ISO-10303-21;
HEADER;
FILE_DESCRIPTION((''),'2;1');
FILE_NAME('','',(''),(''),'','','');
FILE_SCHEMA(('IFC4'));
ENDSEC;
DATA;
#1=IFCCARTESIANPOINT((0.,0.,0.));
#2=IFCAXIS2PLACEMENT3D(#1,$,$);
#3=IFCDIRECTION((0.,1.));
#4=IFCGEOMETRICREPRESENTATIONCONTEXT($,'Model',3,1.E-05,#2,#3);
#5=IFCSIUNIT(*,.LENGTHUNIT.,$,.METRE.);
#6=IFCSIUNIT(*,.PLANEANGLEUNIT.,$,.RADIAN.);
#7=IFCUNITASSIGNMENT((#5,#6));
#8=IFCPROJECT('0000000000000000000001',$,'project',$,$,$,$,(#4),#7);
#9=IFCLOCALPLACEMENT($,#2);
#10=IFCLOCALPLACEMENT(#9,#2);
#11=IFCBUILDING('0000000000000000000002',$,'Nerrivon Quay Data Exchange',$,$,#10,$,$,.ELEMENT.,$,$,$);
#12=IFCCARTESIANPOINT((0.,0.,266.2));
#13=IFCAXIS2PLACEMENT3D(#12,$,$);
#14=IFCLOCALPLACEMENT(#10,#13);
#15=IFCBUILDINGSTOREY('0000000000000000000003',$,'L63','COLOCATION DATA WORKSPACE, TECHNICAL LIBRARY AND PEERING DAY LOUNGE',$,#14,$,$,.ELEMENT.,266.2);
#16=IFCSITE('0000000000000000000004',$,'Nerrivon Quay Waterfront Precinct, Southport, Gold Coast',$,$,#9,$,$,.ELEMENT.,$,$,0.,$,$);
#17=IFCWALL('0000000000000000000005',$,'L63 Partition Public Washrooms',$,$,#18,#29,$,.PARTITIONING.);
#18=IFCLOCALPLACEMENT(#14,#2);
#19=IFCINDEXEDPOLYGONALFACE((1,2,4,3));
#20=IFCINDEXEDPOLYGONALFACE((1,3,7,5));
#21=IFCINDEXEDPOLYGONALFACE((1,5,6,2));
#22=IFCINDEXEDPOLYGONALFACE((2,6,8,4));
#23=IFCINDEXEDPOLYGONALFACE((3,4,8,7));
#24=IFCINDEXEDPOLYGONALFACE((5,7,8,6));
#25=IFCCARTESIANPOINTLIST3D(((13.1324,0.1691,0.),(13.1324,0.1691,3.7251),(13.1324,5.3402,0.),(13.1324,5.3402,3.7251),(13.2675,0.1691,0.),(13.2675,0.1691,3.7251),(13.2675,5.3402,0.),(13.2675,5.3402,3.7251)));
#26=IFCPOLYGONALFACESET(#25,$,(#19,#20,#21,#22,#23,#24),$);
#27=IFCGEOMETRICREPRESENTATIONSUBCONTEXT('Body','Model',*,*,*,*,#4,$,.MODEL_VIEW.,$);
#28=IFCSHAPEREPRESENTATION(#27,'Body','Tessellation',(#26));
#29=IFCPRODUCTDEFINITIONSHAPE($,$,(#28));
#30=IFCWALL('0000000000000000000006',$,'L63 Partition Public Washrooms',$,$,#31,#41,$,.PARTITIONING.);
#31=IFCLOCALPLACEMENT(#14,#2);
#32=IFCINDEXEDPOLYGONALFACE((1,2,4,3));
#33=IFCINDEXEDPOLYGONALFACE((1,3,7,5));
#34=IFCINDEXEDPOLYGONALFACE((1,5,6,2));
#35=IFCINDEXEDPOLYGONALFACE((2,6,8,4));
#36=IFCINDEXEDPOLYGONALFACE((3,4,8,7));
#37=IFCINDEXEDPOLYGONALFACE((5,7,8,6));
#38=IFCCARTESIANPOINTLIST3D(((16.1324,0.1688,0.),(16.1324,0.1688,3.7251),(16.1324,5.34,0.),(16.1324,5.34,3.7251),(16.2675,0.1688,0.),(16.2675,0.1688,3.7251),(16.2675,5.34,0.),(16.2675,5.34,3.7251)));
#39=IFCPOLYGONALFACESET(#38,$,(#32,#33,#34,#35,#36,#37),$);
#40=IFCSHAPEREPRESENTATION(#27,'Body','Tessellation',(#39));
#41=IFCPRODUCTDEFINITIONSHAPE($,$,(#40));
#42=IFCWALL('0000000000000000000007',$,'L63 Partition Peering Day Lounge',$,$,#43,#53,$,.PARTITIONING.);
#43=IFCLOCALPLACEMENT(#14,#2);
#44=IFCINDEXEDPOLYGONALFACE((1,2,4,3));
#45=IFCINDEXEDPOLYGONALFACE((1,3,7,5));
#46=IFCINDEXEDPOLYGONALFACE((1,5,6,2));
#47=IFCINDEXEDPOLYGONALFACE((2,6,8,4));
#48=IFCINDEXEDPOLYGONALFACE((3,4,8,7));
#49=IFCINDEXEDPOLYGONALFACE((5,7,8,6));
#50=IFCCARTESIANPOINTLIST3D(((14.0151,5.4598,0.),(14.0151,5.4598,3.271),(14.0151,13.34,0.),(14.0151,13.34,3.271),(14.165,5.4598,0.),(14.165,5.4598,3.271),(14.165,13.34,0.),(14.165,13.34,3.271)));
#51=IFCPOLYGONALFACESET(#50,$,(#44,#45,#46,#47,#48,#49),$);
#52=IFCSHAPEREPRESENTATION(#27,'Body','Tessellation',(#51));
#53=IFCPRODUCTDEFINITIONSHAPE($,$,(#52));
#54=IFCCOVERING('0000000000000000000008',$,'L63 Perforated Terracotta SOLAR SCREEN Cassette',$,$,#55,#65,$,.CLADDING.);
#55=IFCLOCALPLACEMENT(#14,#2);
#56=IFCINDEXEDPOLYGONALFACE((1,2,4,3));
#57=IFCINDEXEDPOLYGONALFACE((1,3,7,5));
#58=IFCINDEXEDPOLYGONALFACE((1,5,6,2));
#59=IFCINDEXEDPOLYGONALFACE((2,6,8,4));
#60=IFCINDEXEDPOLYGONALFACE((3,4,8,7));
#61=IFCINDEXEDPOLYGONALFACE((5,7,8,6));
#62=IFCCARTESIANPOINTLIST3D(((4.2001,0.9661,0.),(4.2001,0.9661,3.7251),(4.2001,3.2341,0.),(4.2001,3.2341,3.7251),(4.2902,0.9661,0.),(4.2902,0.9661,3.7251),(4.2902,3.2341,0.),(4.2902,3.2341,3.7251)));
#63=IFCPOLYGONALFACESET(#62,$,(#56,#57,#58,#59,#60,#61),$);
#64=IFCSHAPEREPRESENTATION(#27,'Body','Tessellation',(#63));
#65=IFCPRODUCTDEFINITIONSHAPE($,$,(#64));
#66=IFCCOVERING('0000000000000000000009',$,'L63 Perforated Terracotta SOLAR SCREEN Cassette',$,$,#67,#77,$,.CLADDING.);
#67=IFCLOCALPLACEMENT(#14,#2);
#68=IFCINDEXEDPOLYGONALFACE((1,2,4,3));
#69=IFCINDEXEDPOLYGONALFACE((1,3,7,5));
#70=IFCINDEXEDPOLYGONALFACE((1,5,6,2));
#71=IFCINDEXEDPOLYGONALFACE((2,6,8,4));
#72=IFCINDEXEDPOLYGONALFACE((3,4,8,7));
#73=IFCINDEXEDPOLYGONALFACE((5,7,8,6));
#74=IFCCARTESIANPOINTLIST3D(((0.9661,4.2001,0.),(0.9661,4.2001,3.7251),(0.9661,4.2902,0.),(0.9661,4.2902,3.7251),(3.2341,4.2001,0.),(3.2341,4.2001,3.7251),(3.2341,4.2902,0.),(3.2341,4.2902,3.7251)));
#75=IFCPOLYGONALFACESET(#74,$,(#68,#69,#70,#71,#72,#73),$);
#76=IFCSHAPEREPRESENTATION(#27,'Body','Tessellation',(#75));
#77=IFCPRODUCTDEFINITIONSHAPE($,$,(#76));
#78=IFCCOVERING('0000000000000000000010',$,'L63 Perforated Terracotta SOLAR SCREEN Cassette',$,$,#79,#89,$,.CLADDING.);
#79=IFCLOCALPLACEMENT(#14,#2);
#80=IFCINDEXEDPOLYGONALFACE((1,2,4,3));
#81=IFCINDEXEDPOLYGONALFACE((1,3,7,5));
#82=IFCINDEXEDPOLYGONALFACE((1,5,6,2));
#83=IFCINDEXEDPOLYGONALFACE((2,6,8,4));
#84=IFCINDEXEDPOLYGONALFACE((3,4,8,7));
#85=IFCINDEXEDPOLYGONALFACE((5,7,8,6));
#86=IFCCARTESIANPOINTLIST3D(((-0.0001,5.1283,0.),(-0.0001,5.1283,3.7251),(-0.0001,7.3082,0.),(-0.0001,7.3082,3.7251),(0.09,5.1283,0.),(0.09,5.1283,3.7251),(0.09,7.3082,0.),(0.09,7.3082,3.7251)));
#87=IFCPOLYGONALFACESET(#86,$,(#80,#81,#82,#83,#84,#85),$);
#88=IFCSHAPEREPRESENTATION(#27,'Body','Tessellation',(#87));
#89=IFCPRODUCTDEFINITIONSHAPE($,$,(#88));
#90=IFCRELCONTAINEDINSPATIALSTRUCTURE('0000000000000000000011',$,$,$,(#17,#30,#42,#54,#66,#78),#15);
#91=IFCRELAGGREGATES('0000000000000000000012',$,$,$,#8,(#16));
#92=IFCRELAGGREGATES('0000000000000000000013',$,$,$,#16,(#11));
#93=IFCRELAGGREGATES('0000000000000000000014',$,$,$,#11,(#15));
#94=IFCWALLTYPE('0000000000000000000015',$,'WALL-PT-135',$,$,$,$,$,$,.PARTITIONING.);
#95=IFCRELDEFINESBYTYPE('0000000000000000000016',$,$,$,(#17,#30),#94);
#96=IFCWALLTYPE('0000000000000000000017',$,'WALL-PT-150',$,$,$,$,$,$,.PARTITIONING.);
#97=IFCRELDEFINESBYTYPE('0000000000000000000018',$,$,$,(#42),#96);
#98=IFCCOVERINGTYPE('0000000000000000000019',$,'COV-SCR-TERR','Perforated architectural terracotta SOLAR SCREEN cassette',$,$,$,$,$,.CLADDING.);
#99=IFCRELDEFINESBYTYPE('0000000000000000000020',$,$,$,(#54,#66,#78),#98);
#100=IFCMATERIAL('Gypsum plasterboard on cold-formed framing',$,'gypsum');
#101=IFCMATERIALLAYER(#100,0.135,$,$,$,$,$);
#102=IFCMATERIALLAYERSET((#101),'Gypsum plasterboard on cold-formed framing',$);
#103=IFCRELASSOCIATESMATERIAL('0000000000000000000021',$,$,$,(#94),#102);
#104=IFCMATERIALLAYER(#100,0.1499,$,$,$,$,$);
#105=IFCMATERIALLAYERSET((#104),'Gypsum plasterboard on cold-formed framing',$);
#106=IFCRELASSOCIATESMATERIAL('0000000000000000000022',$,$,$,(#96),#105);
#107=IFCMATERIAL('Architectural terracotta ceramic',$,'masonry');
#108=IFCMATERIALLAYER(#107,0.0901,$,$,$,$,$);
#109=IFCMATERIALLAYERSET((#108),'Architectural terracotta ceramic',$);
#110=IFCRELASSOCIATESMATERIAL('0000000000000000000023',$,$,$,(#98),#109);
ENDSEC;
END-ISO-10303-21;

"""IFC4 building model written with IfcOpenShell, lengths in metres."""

from ifc_helpers import new_model, si_unit, direction, frame, frame_2d, origin, origin_2d, place, context, subcontext, project, spatial, rectangle, extrude, material, layer, layer_set, type_object, element, save


model = new_model("IFC4")

# Units and contexts
model_context = context("Model", 3, precision=1e-05, world=origin(), true_north=direction((0.0, 1.0)))
body_context = subcontext(model_context, "Body", "Model", "MODEL_VIEW")
ifc_project = project(units=[si_unit("LENGTHUNIT", "METRE"), si_unit("PLANEANGLEUNIT", "RADIAN")], contexts=[model_context])

# Site, building, storey
site_placement = place(None, origin())
site = spatial("IfcSite", under=ifc_project, at=site_placement, Name="Nerrivon Quay Waterfront Precinct, Southport, Gold Coast", CompositionType="ELEMENT", RefElevation=0.0)
building_placement = place(site_placement, origin())
building = spatial("IfcBuilding", under=site, at=building_placement, Name="Nerrivon Quay Data Exchange", CompositionType="ELEMENT")
storey_placement = place(building_placement, frame((0.0, 0.0, 266.2)))
storey = spatial("IfcBuildingStorey", under=building, at=storey_placement, Name="L63", Description="COLOCATION DATA WORKSPACE, TECHNICAL LIBRARY AND PEERING DAY LOUNGE", CompositionType="ELEMENT", Elevation=266.2)

# Shared definitions
ifc_material_1 = material(Name="Gypsum plasterboard on cold-formed framing", Category="gypsum")

# Walls
ifc_layer_1 = layer(ifc_material_1, 0.135)
ifc_layer_set_1 = layer_set([ifc_layer_1], Name="Gypsum plasterboard on cold-formed framing")
wall_type_1 = type_object("IfcWallType", Name="WALL-PT-135", PredefinedType="PARTITIONING", material=ifc_layer_set_1)
for number, where, z_axis, x_axis, name in (
    (1, (13.2, 5.3401, 0.0), (0.0, 0.0, 1.0), (0.0, -1.0, 0.0), "L63 Partition Public Washrooms"),
    (2, (16.2, 0.1689, 0.0), (0.0, 0.0, 1.0), (0.0, 1.0, 0.0), "L63 Partition Public Washrooms"),
):
    element("IfcWall", number, at=place(storey_placement, frame(where, z_axis=z_axis, x_axis=x_axis)), inside=storey, type_object=wall_type_1, Name=name, PredefinedType="PARTITIONING", context=body_context, shape_type="SweptSolid", body=[
        extrude(rectangle(XDim=5.1711, YDim=0.135, at=frame_2d((2.5854, 0.0))), origin(), (0.0, 0.0, 1.0), 3.7251),
    ])
ifc_layer_2 = layer(ifc_material_1, 0.1499)
ifc_layer_set_2 = layer_set([ifc_layer_2], Name="Gypsum plasterboard on cold-formed framing")
wall_type_2 = type_object("IfcWallType", Name="WALL-PT-150", PredefinedType="PARTITIONING", material=ifc_layer_set_2)
wall_1_placement = place(storey_placement, frame((14.0901, 5.46, 0.0), z_axis=(0.0, 0.0, 1.0), x_axis=(0.0, 1.0, 0.0)))
element("IfcWall", 3, at=wall_1_placement, inside=storey, type_object=wall_type_2, Name="L63 Partition Peering Day Lounge", PredefinedType="PARTITIONING", context=body_context, shape_type="SweptSolid", body=[
    extrude(rectangle(XDim=7.8801, YDim=0.1499, at=frame_2d((3.9399, 0.0))), origin(), (0.0, 0.0, 1.0), 3.271),
])

# Coverings
ifc_material_2 = material(Name="Architectural terracotta ceramic", Category="masonry")
ifc_layer_3 = layer(ifc_material_2, 0.0901)
ifc_layer_set_3 = layer_set([ifc_layer_3], Name="Architectural terracotta ceramic")
covering_type = type_object("IfcCoveringType", Name="COV-SCR-TERR", Description="Perforated architectural terracotta SOLAR SCREEN cassette", PredefinedType="CLADDING", material=ifc_layer_set_3)
for number, where, z_axis, x_axis, name in (
    (4, (4.2451, 2.1001, 0.0), (0.0, 0.0, 1.0), (0.0, 1.0, 0.0), "L63 Perforated Terracotta SOLAR SCREEN Cassette"),
    (5, (2.1001, 4.2451, 0.0), (0.0, 0.0, 1.0), (-1.0, 0.0, 0.0), "L63 Perforated Terracotta SOLAR SCREEN Cassette"),
):
    element("IfcCovering", number, at=place(storey_placement, frame(where, z_axis=z_axis, x_axis=x_axis)), inside=storey, type_object=covering_type, Name=name, PredefinedType="CLADDING", context=body_context, shape_type="SweptSolid", body=[
        extrude(rectangle(XDim=2.2681, YDim=0.0901, at=origin_2d()), origin(), (0.0, 0.0, 1.0), 3.7251),
    ])
covering_placement = place(storey_placement, frame((0.0449, 6.2183, 0.0), z_axis=(0.0, 0.0, 1.0), x_axis=(0.0, 1.0, 0.0)))
element("IfcCovering", 6, at=covering_placement, inside=storey, type_object=covering_type, Name="L63 Perforated Terracotta SOLAR SCREEN Cassette", PredefinedType="CLADDING", context=body_context, shape_type="SweptSolid", body=[
    extrude(rectangle(XDim=2.1799, YDim=0.0901, at=origin_2d()), origin(), (0.0, 0.0, 1.0), 3.7251),
])

save(model, "model.ifc")
